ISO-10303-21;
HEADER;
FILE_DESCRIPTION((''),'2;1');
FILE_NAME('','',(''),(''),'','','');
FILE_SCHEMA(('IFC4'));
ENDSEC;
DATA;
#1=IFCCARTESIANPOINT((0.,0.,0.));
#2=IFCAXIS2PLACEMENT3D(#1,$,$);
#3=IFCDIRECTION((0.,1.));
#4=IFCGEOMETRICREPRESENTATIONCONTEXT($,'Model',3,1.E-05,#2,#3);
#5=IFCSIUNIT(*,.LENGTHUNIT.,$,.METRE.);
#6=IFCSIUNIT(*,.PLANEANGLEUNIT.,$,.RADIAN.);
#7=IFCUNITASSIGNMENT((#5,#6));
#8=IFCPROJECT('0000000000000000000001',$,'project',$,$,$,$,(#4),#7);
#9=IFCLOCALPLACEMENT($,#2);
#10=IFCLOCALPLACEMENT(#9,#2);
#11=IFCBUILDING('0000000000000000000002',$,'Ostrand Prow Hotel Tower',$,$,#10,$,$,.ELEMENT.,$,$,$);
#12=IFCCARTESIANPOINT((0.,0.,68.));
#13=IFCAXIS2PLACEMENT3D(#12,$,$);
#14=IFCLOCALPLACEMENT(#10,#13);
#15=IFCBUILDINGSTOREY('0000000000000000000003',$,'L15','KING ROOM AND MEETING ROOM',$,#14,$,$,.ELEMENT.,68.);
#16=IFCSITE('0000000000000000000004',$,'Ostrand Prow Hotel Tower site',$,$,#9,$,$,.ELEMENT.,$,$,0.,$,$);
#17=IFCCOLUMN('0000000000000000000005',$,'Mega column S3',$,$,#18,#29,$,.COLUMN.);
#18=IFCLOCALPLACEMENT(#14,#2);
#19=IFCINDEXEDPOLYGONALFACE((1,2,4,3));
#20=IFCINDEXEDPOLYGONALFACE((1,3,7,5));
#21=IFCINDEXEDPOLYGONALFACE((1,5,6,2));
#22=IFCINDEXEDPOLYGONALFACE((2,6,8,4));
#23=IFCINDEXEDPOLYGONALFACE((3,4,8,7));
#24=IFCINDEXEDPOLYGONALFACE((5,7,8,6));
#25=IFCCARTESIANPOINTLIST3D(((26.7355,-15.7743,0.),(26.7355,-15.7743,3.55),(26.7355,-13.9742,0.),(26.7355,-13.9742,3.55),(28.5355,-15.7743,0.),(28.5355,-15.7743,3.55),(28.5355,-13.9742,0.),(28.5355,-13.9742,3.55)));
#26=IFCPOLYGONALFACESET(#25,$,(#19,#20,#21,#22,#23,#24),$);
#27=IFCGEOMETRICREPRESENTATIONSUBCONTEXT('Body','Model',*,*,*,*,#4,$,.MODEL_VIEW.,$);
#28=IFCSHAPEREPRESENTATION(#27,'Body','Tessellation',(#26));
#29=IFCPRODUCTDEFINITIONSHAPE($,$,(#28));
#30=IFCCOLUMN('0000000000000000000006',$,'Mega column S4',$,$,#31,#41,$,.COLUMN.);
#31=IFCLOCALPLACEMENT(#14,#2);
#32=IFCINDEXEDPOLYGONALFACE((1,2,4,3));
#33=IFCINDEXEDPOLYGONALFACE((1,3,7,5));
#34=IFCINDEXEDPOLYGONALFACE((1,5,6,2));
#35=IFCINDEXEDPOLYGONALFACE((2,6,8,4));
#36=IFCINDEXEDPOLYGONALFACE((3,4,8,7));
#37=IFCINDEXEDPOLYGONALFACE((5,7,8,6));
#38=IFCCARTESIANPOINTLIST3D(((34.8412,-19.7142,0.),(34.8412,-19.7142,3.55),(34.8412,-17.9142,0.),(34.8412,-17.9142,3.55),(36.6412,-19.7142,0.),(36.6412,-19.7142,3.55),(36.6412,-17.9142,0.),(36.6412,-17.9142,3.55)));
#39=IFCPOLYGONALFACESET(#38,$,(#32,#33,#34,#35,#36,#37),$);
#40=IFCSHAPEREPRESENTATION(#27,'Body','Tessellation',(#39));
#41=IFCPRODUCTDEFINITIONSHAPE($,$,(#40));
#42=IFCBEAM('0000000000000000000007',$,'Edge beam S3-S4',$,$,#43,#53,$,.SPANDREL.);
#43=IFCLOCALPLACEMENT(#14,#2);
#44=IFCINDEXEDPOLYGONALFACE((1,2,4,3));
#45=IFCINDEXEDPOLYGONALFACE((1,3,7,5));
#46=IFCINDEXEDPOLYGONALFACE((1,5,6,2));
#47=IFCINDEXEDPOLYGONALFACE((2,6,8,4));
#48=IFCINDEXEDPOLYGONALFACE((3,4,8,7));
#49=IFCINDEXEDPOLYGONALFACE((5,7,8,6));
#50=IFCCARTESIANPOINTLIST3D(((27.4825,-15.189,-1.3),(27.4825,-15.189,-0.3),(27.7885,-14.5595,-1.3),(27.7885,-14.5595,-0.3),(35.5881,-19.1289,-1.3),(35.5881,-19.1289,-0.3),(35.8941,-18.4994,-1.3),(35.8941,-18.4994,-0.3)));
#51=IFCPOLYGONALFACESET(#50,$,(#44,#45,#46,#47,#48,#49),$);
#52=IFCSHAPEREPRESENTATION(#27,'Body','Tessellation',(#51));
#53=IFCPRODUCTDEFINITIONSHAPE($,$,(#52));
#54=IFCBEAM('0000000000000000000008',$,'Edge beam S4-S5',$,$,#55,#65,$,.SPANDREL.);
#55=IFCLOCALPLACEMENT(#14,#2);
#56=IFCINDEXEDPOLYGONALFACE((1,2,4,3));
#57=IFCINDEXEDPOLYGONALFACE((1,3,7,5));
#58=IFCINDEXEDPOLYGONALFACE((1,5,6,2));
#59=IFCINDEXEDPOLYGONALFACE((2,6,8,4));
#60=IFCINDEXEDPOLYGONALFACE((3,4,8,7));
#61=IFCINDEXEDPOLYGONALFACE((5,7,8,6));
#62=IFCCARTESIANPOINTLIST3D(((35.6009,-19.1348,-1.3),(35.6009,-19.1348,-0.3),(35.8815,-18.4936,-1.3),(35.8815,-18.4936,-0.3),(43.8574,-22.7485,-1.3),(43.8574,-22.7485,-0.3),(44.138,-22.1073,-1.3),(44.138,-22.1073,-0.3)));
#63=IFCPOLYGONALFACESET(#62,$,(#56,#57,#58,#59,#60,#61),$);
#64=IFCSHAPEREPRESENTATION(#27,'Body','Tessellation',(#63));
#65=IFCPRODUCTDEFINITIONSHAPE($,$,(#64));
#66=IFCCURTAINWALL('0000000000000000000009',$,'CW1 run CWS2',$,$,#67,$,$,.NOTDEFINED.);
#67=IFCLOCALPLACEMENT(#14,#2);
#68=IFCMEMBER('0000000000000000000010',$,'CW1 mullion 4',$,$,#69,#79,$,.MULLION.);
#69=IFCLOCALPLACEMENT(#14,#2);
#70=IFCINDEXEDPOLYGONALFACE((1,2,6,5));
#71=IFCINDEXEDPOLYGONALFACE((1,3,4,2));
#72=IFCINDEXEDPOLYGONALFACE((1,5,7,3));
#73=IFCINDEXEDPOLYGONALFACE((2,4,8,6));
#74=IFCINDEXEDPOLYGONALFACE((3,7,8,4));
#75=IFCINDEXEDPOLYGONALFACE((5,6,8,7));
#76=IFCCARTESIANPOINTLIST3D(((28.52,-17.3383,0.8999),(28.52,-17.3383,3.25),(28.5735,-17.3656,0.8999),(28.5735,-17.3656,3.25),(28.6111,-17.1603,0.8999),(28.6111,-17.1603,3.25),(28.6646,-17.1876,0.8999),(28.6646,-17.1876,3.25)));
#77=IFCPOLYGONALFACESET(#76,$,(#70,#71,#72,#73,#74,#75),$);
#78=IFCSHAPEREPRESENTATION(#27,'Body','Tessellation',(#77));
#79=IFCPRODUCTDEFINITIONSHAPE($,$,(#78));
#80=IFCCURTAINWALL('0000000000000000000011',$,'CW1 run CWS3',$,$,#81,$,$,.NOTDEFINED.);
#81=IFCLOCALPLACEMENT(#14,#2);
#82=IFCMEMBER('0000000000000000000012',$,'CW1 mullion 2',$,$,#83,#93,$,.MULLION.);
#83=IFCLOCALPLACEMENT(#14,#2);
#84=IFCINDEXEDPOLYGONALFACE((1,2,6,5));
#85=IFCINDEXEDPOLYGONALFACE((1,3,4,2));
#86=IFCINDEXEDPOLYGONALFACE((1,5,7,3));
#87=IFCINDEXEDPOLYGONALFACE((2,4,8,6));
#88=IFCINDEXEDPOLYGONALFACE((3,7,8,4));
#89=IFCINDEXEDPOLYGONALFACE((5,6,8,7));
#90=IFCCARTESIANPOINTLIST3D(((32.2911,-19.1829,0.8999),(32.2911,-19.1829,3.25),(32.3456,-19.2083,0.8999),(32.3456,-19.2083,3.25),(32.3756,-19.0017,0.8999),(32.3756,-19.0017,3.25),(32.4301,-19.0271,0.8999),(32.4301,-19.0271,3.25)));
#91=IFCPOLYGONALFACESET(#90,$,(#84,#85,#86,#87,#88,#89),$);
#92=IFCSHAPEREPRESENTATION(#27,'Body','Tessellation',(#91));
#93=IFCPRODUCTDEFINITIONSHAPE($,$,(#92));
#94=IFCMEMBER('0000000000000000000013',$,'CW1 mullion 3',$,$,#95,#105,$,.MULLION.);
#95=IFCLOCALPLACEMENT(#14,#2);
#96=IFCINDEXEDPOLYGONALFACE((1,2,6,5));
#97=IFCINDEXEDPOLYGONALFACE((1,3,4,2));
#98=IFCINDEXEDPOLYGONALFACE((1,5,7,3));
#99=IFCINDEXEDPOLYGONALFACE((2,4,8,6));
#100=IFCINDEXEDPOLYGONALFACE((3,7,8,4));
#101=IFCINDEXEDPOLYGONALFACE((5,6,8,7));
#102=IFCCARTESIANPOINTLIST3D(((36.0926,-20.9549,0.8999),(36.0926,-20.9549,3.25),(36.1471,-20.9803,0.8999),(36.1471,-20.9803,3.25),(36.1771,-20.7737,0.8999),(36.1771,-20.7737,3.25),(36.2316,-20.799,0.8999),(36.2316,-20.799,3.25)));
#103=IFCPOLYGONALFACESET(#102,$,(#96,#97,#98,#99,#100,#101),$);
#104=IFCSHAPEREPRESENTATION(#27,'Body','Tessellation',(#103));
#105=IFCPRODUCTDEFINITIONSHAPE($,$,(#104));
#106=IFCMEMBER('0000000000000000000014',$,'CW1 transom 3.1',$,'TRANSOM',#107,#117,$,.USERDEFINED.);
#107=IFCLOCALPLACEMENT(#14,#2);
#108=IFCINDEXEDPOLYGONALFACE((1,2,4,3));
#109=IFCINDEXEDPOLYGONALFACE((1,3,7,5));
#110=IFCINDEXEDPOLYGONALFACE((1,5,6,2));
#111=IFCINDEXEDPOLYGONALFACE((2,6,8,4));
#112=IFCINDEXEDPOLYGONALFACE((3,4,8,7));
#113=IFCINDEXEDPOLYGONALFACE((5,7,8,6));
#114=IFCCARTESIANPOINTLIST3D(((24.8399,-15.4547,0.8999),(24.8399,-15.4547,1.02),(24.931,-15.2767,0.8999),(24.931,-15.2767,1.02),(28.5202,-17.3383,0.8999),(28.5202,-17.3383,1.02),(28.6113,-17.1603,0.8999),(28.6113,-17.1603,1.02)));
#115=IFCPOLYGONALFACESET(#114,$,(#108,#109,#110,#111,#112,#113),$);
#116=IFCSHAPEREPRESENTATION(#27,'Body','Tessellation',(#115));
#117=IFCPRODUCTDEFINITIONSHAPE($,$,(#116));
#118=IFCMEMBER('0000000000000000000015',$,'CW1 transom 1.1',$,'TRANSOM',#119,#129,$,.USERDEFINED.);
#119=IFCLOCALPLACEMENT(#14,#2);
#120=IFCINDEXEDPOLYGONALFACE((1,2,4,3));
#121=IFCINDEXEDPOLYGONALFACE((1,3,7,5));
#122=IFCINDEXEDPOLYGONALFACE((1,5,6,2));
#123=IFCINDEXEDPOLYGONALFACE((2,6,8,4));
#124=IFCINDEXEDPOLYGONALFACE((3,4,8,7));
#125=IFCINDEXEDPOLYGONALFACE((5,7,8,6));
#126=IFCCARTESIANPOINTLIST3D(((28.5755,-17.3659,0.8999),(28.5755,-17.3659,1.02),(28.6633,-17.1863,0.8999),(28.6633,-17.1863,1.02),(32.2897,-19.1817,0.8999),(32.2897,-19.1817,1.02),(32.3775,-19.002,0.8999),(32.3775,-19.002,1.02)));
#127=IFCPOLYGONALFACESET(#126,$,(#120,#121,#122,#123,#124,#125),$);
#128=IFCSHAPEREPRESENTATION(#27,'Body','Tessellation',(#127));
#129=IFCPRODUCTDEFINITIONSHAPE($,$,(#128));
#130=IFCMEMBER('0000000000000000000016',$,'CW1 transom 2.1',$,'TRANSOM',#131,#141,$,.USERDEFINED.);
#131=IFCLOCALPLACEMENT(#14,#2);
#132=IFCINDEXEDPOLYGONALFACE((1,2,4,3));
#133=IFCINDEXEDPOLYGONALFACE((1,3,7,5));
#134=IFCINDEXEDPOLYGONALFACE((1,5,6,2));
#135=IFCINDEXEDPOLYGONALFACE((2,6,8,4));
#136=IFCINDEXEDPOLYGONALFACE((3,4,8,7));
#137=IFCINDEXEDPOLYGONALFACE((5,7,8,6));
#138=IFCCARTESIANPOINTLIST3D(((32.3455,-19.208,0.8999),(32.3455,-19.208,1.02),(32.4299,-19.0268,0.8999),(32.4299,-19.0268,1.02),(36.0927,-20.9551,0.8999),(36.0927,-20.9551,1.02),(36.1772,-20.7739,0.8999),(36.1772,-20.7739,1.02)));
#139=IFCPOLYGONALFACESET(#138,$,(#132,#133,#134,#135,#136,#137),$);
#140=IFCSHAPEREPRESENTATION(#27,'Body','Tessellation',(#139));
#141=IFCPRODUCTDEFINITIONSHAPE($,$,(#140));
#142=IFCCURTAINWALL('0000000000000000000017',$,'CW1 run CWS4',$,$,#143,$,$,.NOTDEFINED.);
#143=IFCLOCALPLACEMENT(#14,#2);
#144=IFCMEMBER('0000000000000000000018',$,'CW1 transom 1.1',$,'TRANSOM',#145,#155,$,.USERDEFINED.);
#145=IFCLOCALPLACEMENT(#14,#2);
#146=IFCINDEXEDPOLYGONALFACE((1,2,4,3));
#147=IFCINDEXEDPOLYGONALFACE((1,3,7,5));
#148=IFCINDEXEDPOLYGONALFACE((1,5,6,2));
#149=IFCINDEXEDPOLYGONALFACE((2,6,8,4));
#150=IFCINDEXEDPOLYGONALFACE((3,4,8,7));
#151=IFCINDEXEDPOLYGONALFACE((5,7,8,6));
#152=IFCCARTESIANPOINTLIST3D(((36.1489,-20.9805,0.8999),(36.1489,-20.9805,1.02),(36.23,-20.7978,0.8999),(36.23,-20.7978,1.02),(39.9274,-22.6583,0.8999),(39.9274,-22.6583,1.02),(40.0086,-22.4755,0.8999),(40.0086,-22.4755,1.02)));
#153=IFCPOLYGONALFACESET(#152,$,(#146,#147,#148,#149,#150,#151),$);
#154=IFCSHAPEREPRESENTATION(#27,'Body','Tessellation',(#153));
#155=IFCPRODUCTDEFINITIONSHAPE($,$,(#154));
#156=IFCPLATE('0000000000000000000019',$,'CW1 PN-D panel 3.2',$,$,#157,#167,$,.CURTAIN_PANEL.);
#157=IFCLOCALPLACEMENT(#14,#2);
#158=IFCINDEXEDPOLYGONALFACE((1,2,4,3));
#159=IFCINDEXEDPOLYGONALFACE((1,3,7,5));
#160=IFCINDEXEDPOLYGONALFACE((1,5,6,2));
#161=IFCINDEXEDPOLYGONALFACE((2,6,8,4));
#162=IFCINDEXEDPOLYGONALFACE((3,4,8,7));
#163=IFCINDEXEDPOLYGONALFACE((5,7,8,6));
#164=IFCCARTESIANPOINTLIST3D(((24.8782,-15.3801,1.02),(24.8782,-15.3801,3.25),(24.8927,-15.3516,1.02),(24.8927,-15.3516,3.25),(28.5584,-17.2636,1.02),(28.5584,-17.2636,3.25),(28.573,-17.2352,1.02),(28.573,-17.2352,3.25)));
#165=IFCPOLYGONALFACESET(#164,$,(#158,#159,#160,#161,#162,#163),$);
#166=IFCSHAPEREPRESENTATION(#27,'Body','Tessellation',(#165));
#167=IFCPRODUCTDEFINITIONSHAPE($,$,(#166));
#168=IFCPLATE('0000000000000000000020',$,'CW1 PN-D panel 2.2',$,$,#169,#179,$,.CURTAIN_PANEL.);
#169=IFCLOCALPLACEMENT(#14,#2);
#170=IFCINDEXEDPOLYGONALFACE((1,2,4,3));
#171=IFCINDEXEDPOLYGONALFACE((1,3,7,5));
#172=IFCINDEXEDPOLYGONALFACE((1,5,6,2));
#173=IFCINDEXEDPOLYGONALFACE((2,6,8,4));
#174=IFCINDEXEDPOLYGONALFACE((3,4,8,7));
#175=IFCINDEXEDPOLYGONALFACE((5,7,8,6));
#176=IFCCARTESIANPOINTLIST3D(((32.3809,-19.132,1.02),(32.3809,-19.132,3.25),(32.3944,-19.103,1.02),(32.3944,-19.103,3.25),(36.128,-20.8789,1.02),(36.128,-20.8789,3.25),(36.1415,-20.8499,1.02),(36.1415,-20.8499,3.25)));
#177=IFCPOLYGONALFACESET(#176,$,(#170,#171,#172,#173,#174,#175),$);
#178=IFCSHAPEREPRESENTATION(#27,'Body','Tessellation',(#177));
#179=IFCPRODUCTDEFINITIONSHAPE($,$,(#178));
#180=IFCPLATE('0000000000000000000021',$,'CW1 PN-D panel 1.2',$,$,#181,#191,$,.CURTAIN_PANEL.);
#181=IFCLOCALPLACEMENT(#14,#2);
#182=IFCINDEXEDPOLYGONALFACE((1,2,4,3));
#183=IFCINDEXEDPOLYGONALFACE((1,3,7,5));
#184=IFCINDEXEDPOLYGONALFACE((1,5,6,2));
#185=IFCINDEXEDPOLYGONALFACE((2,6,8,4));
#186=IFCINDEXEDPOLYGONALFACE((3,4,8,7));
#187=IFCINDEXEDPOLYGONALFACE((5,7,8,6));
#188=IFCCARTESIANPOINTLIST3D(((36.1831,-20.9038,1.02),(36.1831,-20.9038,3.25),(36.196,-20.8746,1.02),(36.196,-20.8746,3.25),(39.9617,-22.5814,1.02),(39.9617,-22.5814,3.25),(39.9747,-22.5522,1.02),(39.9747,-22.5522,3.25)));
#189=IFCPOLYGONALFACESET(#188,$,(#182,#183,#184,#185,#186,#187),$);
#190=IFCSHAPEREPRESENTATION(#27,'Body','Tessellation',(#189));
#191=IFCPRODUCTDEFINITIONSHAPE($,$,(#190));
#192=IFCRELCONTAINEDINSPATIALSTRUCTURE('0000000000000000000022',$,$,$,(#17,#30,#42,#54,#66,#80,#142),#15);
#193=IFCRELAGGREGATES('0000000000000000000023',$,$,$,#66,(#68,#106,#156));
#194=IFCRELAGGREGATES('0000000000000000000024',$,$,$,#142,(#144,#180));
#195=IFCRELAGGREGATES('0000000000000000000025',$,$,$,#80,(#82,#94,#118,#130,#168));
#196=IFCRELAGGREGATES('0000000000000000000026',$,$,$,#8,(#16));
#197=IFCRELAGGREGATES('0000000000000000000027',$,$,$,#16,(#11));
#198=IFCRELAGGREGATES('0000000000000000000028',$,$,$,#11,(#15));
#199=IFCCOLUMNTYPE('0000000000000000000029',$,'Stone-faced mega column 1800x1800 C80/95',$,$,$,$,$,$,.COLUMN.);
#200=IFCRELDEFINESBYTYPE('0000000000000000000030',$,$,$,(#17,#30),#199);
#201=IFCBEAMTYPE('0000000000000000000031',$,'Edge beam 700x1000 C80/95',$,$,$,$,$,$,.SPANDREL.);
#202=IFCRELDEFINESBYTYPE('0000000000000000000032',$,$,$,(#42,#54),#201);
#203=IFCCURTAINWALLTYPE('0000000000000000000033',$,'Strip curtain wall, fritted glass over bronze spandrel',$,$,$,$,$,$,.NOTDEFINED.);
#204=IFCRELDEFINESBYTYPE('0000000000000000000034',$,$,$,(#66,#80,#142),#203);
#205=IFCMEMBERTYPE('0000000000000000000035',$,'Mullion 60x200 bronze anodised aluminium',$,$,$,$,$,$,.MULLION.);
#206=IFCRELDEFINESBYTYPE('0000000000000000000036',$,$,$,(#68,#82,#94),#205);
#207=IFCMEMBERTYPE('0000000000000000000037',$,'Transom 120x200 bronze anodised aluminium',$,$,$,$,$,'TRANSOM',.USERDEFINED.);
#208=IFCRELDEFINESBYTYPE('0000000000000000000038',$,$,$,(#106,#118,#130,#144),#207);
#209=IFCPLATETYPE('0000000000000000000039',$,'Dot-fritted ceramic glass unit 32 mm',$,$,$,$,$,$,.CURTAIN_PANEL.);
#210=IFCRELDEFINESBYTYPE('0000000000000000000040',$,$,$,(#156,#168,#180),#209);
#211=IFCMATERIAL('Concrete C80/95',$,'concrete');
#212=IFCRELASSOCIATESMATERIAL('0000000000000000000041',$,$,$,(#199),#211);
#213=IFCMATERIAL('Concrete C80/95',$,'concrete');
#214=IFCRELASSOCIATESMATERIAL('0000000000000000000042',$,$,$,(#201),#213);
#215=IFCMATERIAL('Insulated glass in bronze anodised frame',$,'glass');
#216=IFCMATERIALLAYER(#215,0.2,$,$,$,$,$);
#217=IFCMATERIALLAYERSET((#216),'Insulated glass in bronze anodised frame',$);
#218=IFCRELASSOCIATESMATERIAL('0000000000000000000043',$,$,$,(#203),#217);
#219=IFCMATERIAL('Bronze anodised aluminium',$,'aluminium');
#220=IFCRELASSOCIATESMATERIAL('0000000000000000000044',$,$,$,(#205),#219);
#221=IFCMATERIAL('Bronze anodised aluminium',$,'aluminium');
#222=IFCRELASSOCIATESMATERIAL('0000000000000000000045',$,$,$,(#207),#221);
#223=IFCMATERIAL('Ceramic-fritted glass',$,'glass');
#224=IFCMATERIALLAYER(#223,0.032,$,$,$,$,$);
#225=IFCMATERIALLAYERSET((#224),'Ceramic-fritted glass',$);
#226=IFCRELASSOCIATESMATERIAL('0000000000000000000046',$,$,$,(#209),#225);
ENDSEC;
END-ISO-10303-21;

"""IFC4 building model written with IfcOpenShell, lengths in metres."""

from ifc_helpers import new_model, si_unit, direction, frame, origin, origin_2d, place, context, subcontext, project, spatial, rectangle, extrude, material, layer, layer_set, material_profile, profile_set, type_object, element, aggregate, save


model = new_model("IFC4")

# Units and contexts
model_context = context("Model", 3, precision=1e-05, world=origin(), true_north=direction((0.0, 1.0)))
body_context = subcontext(model_context, "Body", "Model", "MODEL_VIEW")
ifc_project = project(units=[si_unit("LENGTHUNIT", "METRE"), si_unit("PLANEANGLEUNIT", "RADIAN")], contexts=[model_context])

# Site, building, storey
site_placement = place(None, origin())
site = spatial("IfcSite", under=ifc_project, at=site_placement, Name="Ostrand Prow Hotel Tower site", CompositionType="ELEMENT", RefElevation=0.0)
building_placement = place(site_placement, origin())
building = spatial("IfcBuilding", under=site, at=building_placement, Name="Ostrand Prow Hotel Tower", CompositionType="ELEMENT")
storey_placement = place(building_placement, frame((0.0, 0.0, 68.0)))
storey = spatial("IfcBuildingStorey", under=building, at=storey_placement, Name="L15", Description="KING ROOM AND MEETING ROOM", CompositionType="ELEMENT", Elevation=68.0)

# Columns
ifc_material_1 = material(Name="Concrete C80/95", Category="concrete")
ifc_material_profile_1 = material_profile(ifc_material_1, rectangle(XDim=1.8, YDim=1.8, at=origin_2d()), Name="RC 1800x1800")
ifc_profile_set_1 = profile_set([ifc_material_profile_1], Name="Concrete C80/95")
column_type = type_object("IfcColumnType", Name="Stone-faced mega column 1800x1800 C80/95", PredefinedType="COLUMN", material=ifc_profile_set_1)
for number, where, z_axis, x_axis, name in (
    (1, (27.6355, -14.8743, 0.0), (0.0, 0.0, 1.0), (1.0, 0.0, 0.0), "Mega column S3"),
    (2, (35.7412, -18.8142, 0.0), (0.0, 0.0, 1.0), (1.0, 0.0, 0.0), "Mega column S4"),
):
    element("IfcColumn", number, at=place(storey_placement, frame(where, z_axis=z_axis, x_axis=x_axis)), inside=storey, type_object=column_type, Name=name, PredefinedType="COLUMN", context=body_context, shape_type="SweptSolid", body=[
        extrude(rectangle(XDim=1.8, YDim=1.8, at=origin_2d()), origin(), (0.0, 0.0, 1.0), 3.55),
    ])

# Beams
ifc_material_2 = material(Name="Concrete C80/95", Category="concrete")
ifc_material_profile_2 = material_profile(ifc_material_2, rectangle(XDim=0.7, YDim=1.0, at=origin_2d()), Name="RC 700x1000")
ifc_profile_set_2 = profile_set([ifc_material_profile_2], Name="Concrete C80/95")
beam_type = type_object("IfcBeamType", Name="Edge beam 700x1000 C80/95", PredefinedType="SPANDREL", material=ifc_profile_set_2)
beam_1_placement = place(storey_placement, frame((27.6355, -14.8743, -0.8), z_axis=(0.899382, -0.437163, 0.0), x_axis=(0.437163, 0.899382, 0.0)))
element("IfcBeam", 3, at=beam_1_placement, inside=storey, type_object=beam_type, Name="Edge beam S3-S4", PredefinedType="SPANDREL", context=body_context, shape_type="SweptSolid", body=[
    extrude(rectangle(XDim=0.7, YDim=1.0, at=origin_2d()), origin(), (0.0, 0.0, 1.0), 9.0125),
])
beam_2_placement = place(storey_placement, frame((35.7412, -18.8142, -0.8), z_axis=(0.916096, -0.40096, 0.0), x_axis=(0.40096, 0.916096, 0.0)))
element("IfcBeam", 4, at=beam_2_placement, inside=storey, type_object=beam_type, Name="Edge beam S4-S5", PredefinedType="SPANDREL", context=body_context, shape_type="SweptSolid", body=[
    extrude(rectangle(XDim=0.7, YDim=1.0, at=origin_2d()), origin(), (0.0, 0.0, 1.0), 9.0127),
])

# Curtain wall, member
ifc_material_3 = material(Name="Insulated glass in bronze anodised frame", Category="glass")
ifc_layer_1 = layer(ifc_material_3, 0.2)
ifc_layer_set_1 = layer_set([ifc_layer_1], Name="Insulated glass in bronze anodised frame")
curtain_wall_type = type_object("IfcCurtainWallType", Name="Strip curtain wall, fritted glass over bronze spandrel", PredefinedType="NOTDEFINED", material=ifc_layer_set_1)
curtain_wall_1_placement = place(storey_placement, origin())
curtain_wall_1 = element("IfcCurtainWall", 5, at=curtain_wall_1_placement, inside=storey, type_object=curtain_wall_type, Name="CW1 run CWS2", PredefinedType="NOTDEFINED")
ifc_material_4 = material(Name="Bronze anodised aluminium", Category="aluminium")
ifc_material_profile_3 = material_profile(ifc_material_4, rectangle(XDim=0.2, YDim=0.0601, at=origin_2d()), Name="Mullion 60x200 bronze anodised aluminium")
ifc_profile_set_3 = profile_set([ifc_material_profile_3], Name="Bronze anodised aluminium")
member_type_1 = type_object("IfcMemberType", Name="Mullion 60x200 bronze anodised aluminium", PredefinedType="MULLION", material=ifc_profile_set_3)
member_1_placement = place(storey_placement, frame((28.5923, -17.2629, 0.8999), z_axis=(0.0, 0.0, 1.0), x_axis=(0.455596, 0.890187, 0.0)))
member_1 = element("IfcMember", 6, at=member_1_placement, type_object=member_type_1, Name="CW1 mullion 4", PredefinedType="MULLION", context=body_context, shape_type="SweptSolid", body=[
    extrude(rectangle(XDim=0.2, YDim=0.0601, at=origin_2d()), origin(), (0.0, 0.0, 1.0), 2.3501),
])

# Curtain wall, members
curtain_wall_2_placement = place(storey_placement, origin())
curtain_wall_2 = element("IfcCurtainWall", 7, at=curtain_wall_2_placement, inside=storey, type_object=curtain_wall_type, Name="CW1 run CWS3", PredefinedType="NOTDEFINED")
member_2_placement = place(storey_placement, frame((32.3606, -19.105, 0.8999), z_axis=(0.0, 0.0, 1.0), x_axis=(0.42253, 0.906349, 0.0)))
member_2 = element("IfcMember", 8, at=member_2_placement, type_object=member_type_1, Name="CW1 mullion 2", PredefinedType="MULLION", context=body_context, shape_type="SweptSolid", body=[
    extrude(rectangle(XDim=0.2, YDim=0.0601, at=origin_2d()), origin(), (0.0, 0.0, 1.0), 2.3501),
])
member_3_placement = place(storey_placement, frame((36.1621, -20.877, 0.8999), z_axis=(0.0, 0.0, 1.0), x_axis=(0.42253, 0.906349, 0.0)))
member_3 = element("IfcMember", 9, at=member_3_placement, type_object=member_type_1, Name="CW1 mullion 3", PredefinedType="MULLION", context=body_context, shape_type="SweptSolid", body=[
    extrude(rectangle(XDim=0.2, YDim=0.0601, at=origin_2d()), origin(), (0.0, 0.0, 1.0), 2.3501),
])

# Members
ifc_material_5 = material(Name="Bronze anodised aluminium", Category="aluminium")
ifc_material_profile_4 = material_profile(ifc_material_5, rectangle(XDim=0.2, YDim=0.1201, at=origin_2d()), Name="Transom 120x200 bronze anodised aluminium")
ifc_profile_set_4 = profile_set([ifc_material_profile_4], Name="Bronze anodised aluminium")
member_type_2 = type_object("IfcMemberType", Name="Transom 120x200 bronze anodised aluminium", ElementType="TRANSOM", PredefinedType="USERDEFINED", material=ifc_profile_set_4)
member_4_placement = place(storey_placement, frame((24.8855, -15.3657, 0.96), z_axis=(0.890183, -0.455603, 0.0), x_axis=(0.455603, 0.890183, 0.0)))
member_4 = element("IfcMember", 10, at=member_4_placement, type_object=member_type_2, Name="CW1 transom 3.1", ObjectType="TRANSOM", PredefinedType="USERDEFINED", context=body_context, shape_type="SweptSolid", body=[
    extrude(rectangle(XDim=0.2, YDim=0.1201, at=origin_2d()), origin(), (0.0, 0.0, 1.0), 4.1343),
])
member_5_placement = place(storey_placement, frame((28.6194, -17.2761, 0.96), z_axis=(0.898395, -0.439188, 0.0), x_axis=(0.439188, 0.898395, 0.0)))
member_5 = element("IfcMember", 11, at=member_5_placement, type_object=member_type_2, Name="CW1 transom 1.1", ObjectType="TRANSOM", PredefinedType="USERDEFINED", context=body_context, shape_type="SweptSolid", body=[
    extrude(rectangle(XDim=0.2, YDim=0.1201, at=origin_2d()), origin(), (0.0, 0.0, 1.0), 4.1343),
])
member_6_placement = place(storey_placement, frame((32.3877, -19.1174, 0.96), z_axis=(0.906338, -0.422552, 0.0), x_axis=(0.422552, 0.906338, 0.0)))
member_6 = element("IfcMember", 12, at=member_6_placement, type_object=member_type_2, Name="CW1 transom 2.1", ObjectType="TRANSOM", PredefinedType="USERDEFINED", context=body_context, shape_type="SweptSolid", body=[
    extrude(rectangle(XDim=0.2, YDim=0.1201, at=origin_2d()), origin(), (0.0, 0.0, 1.0), 4.1345),
])

# Curtain wall, member
curtain_wall_3_placement = place(storey_placement, origin())
curtain_wall_3 = element("IfcCurtainWall", 13, at=curtain_wall_3_placement, inside=storey, type_object=curtain_wall_type, Name="CW1 run CWS4", PredefinedType="NOTDEFINED")
member_7_placement = place(storey_placement, frame((36.1895, -20.8892, 0.96), z_axis=(0.913958, -0.40581, 0.0), x_axis=(0.40581, 0.913958, 0.0)))
member_7 = element("IfcMember", 14, at=member_7_placement, type_object=member_type_2, Name="CW1 transom 1.1", ObjectType="TRANSOM", PredefinedType="USERDEFINED", context=body_context, shape_type="SweptSolid", body=[
    extrude(rectangle(XDim=0.2, YDim=0.1201, at=origin_2d()), origin(), (0.0, 0.0, 1.0), 4.1343),
])

# Plates
ifc_material_6 = material(Name="Ceramic-fritted glass", Category="glass")
ifc_layer_2 = layer(ifc_material_6, 0.032)
ifc_layer_set_2 = layer_set([ifc_layer_2], Name="Ceramic-fritted glass")
plate_type_1 = type_object("IfcPlateType", Name="Dot-fritted ceramic glass unit 32 mm", PredefinedType="CURTAIN_PANEL", material=ifc_layer_set_2)
plate_1_placement = place(storey_placement, frame((26.7256, -16.3076, 1.02), z_axis=(0.0, 0.0, 1.0), x_axis=(0.890187, -0.455596, 0.0)))
plate_1 = element("IfcPlate", 15, at=plate_1_placement, type_object=plate_type_1, Name="CW1 PN-D panel 3.2", PredefinedType="CURTAIN_PANEL", context=body_context, shape_type="SweptSolid", body=[
    extrude(rectangle(XDim=4.1343, YDim=0.032, at=origin_2d()), origin(), (0.0, 0.0, 1.0), 2.23),
])
aggregate(curtain_wall_1, [member_1, member_4, plate_1])
plate_2_placement = place(storey_placement, frame((34.2612, -19.991, 1.02), z_axis=(0.0, 0.0, 1.0), x_axis=(0.906349, -0.42253, 0.0)))
plate_2 = element("IfcPlate", 16, at=plate_2_placement, type_object=plate_type_1, Name="CW1 PN-D panel 2.2", PredefinedType="CURTAIN_PANEL", context=body_context, shape_type="SweptSolid", body=[
    extrude(rectangle(XDim=4.1343, YDim=0.032, at=origin_2d()), origin(), (0.0, 0.0, 1.0), 2.23),
])
plate_3_placement = place(storey_placement, frame((38.0789, -21.728, 1.02), z_axis=(0.0, 0.0, 1.0), x_axis=(0.913971, -0.40578, 0.0)))
plate_3 = element("IfcPlate", 17, at=plate_3_placement, type_object=plate_type_1, Name="CW1 PN-D panel 1.2", PredefinedType="CURTAIN_PANEL", context=body_context, shape_type="SweptSolid", body=[
    extrude(rectangle(XDim=4.1343, YDim=0.032, at=origin_2d()), origin(), (0.0, 0.0, 1.0), 2.23),
])
aggregate(curtain_wall_3, [member_7, plate_3])
aggregate(curtain_wall_2, [member_2, member_3, member_5, member_6, plate_2])

save(model, "model.ifc")
